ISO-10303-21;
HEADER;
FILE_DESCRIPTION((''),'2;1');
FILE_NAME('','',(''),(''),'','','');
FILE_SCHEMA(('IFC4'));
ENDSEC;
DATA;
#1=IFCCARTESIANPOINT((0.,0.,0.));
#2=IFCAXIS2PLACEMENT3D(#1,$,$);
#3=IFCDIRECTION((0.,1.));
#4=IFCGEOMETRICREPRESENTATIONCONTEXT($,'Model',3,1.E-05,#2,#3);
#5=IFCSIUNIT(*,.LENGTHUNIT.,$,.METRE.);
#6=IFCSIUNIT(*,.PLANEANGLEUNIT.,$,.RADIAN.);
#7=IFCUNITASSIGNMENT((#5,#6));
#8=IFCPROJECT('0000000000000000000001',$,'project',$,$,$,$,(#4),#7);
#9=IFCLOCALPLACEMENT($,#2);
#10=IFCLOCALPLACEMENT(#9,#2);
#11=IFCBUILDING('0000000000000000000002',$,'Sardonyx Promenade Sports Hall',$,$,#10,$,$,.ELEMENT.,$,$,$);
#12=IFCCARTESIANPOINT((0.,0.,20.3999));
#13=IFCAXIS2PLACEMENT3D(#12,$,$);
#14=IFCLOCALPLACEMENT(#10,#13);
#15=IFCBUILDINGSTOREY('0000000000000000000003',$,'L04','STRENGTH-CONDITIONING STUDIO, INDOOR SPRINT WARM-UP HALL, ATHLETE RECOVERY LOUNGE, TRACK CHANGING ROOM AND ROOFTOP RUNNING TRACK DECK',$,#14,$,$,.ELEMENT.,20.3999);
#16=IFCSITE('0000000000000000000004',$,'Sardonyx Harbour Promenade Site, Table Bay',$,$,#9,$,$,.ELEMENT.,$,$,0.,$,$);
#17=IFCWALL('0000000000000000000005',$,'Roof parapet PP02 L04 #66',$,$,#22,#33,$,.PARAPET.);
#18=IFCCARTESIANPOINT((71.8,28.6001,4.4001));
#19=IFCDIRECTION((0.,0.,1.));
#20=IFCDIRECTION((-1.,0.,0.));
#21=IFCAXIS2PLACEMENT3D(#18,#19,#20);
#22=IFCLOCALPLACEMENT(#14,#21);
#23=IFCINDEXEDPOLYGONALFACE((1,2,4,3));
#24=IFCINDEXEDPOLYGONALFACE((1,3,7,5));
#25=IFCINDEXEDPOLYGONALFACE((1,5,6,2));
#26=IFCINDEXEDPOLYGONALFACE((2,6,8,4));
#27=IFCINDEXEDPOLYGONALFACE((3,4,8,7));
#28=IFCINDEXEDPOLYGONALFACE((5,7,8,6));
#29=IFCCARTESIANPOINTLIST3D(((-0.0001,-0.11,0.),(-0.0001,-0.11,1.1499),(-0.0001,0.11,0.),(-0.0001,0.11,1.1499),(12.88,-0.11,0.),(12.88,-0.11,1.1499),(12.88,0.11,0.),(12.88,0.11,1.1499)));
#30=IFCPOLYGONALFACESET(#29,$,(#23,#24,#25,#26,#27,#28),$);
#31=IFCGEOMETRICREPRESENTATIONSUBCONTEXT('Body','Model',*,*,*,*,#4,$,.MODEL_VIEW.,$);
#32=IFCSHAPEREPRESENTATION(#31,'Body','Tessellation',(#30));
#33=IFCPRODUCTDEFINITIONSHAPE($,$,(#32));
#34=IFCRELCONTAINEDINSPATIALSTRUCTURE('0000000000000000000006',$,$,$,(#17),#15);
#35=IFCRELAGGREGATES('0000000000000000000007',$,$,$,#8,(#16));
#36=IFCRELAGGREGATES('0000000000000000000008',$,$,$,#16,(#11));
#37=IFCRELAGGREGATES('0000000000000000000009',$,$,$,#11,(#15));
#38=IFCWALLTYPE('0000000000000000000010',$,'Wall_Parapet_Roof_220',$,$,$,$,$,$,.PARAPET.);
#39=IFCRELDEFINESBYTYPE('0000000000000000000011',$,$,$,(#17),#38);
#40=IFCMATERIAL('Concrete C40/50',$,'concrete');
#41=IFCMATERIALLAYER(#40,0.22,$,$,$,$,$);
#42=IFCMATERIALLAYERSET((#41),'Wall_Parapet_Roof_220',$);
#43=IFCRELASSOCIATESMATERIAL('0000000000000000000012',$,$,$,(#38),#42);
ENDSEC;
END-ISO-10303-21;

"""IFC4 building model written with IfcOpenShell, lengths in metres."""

from ifc_helpers import new_model, si_unit, direction, frame, frame_2d, origin, place, context, subcontext, project, spatial, rectangle, extrude, material, layer, layer_set, type_object, element, save


model = new_model("IFC4")

# Units and contexts
model_context = context("Model", 3, precision=1e-05, world=origin(), true_north=direction((0.0, 1.0)))
body_context = subcontext(model_context, "Body", "Model", "MODEL_VIEW")
ifc_project = project(units=[si_unit("LENGTHUNIT", "METRE"), si_unit("PLANEANGLEUNIT", "RADIAN")], contexts=[model_context])

# Site, building, storey
site_placement = place(None, origin())
site = spatial("IfcSite", under=ifc_project, at=site_placement, Name="Sardonyx Harbour Promenade Site, Table Bay", CompositionType="ELEMENT", RefElevation=0.0)
building_placement = place(site_placement, origin())
building = spatial("IfcBuilding", under=site, at=building_placement, Name="Sardonyx Promenade Sports Hall", CompositionType="ELEMENT")
storey_placement = place(building_placement, frame((0.0, 0.0, 20.3999)))
storey = spatial("IfcBuildingStorey", under=building, at=storey_placement, Name="L04", Description="STRENGTH-CONDITIONING STUDIO, INDOOR SPRINT WARM-UP HALL, ATHLETE RECOVERY LOUNGE, TRACK CHANGING ROOM AND ROOFTOP RUNNING TRACK DECK", CompositionType="ELEMENT", Elevation=20.3999)

# Wall
ifc_material_1 = material(Name="Concrete C40/50", Category="concrete")
ifc_layer_1 = layer(ifc_material_1, 0.22)
ifc_layer_set_1 = layer_set([ifc_layer_1], Name="Wall_Parapet_Roof_220")
wall_type_1 = type_object("IfcWallType", Name="Wall_Parapet_Roof_220", PredefinedType="PARAPET", material=ifc_layer_set_1)
wall_1_placement = place(storey_placement, frame((71.8, 28.6001, 4.4001), z_axis=(0.0, 0.0, 1.0), x_axis=(-1.0, 0.0, 0.0)))
element("IfcWall", 1, at=wall_1_placement, inside=storey, type_object=wall_type_1, Name="Roof parapet PP02 L04 #66", PredefinedType="PARAPET", context=body_context, shape_type="SweptSolid", body=[
    extrude(rectangle(XDim=12.8801, YDim=0.22, at=frame_2d((6.4399, 0.0))), origin(), (0.0, 0.0, 1.0), 1.1499),
])

save(model, "model.ifc")
